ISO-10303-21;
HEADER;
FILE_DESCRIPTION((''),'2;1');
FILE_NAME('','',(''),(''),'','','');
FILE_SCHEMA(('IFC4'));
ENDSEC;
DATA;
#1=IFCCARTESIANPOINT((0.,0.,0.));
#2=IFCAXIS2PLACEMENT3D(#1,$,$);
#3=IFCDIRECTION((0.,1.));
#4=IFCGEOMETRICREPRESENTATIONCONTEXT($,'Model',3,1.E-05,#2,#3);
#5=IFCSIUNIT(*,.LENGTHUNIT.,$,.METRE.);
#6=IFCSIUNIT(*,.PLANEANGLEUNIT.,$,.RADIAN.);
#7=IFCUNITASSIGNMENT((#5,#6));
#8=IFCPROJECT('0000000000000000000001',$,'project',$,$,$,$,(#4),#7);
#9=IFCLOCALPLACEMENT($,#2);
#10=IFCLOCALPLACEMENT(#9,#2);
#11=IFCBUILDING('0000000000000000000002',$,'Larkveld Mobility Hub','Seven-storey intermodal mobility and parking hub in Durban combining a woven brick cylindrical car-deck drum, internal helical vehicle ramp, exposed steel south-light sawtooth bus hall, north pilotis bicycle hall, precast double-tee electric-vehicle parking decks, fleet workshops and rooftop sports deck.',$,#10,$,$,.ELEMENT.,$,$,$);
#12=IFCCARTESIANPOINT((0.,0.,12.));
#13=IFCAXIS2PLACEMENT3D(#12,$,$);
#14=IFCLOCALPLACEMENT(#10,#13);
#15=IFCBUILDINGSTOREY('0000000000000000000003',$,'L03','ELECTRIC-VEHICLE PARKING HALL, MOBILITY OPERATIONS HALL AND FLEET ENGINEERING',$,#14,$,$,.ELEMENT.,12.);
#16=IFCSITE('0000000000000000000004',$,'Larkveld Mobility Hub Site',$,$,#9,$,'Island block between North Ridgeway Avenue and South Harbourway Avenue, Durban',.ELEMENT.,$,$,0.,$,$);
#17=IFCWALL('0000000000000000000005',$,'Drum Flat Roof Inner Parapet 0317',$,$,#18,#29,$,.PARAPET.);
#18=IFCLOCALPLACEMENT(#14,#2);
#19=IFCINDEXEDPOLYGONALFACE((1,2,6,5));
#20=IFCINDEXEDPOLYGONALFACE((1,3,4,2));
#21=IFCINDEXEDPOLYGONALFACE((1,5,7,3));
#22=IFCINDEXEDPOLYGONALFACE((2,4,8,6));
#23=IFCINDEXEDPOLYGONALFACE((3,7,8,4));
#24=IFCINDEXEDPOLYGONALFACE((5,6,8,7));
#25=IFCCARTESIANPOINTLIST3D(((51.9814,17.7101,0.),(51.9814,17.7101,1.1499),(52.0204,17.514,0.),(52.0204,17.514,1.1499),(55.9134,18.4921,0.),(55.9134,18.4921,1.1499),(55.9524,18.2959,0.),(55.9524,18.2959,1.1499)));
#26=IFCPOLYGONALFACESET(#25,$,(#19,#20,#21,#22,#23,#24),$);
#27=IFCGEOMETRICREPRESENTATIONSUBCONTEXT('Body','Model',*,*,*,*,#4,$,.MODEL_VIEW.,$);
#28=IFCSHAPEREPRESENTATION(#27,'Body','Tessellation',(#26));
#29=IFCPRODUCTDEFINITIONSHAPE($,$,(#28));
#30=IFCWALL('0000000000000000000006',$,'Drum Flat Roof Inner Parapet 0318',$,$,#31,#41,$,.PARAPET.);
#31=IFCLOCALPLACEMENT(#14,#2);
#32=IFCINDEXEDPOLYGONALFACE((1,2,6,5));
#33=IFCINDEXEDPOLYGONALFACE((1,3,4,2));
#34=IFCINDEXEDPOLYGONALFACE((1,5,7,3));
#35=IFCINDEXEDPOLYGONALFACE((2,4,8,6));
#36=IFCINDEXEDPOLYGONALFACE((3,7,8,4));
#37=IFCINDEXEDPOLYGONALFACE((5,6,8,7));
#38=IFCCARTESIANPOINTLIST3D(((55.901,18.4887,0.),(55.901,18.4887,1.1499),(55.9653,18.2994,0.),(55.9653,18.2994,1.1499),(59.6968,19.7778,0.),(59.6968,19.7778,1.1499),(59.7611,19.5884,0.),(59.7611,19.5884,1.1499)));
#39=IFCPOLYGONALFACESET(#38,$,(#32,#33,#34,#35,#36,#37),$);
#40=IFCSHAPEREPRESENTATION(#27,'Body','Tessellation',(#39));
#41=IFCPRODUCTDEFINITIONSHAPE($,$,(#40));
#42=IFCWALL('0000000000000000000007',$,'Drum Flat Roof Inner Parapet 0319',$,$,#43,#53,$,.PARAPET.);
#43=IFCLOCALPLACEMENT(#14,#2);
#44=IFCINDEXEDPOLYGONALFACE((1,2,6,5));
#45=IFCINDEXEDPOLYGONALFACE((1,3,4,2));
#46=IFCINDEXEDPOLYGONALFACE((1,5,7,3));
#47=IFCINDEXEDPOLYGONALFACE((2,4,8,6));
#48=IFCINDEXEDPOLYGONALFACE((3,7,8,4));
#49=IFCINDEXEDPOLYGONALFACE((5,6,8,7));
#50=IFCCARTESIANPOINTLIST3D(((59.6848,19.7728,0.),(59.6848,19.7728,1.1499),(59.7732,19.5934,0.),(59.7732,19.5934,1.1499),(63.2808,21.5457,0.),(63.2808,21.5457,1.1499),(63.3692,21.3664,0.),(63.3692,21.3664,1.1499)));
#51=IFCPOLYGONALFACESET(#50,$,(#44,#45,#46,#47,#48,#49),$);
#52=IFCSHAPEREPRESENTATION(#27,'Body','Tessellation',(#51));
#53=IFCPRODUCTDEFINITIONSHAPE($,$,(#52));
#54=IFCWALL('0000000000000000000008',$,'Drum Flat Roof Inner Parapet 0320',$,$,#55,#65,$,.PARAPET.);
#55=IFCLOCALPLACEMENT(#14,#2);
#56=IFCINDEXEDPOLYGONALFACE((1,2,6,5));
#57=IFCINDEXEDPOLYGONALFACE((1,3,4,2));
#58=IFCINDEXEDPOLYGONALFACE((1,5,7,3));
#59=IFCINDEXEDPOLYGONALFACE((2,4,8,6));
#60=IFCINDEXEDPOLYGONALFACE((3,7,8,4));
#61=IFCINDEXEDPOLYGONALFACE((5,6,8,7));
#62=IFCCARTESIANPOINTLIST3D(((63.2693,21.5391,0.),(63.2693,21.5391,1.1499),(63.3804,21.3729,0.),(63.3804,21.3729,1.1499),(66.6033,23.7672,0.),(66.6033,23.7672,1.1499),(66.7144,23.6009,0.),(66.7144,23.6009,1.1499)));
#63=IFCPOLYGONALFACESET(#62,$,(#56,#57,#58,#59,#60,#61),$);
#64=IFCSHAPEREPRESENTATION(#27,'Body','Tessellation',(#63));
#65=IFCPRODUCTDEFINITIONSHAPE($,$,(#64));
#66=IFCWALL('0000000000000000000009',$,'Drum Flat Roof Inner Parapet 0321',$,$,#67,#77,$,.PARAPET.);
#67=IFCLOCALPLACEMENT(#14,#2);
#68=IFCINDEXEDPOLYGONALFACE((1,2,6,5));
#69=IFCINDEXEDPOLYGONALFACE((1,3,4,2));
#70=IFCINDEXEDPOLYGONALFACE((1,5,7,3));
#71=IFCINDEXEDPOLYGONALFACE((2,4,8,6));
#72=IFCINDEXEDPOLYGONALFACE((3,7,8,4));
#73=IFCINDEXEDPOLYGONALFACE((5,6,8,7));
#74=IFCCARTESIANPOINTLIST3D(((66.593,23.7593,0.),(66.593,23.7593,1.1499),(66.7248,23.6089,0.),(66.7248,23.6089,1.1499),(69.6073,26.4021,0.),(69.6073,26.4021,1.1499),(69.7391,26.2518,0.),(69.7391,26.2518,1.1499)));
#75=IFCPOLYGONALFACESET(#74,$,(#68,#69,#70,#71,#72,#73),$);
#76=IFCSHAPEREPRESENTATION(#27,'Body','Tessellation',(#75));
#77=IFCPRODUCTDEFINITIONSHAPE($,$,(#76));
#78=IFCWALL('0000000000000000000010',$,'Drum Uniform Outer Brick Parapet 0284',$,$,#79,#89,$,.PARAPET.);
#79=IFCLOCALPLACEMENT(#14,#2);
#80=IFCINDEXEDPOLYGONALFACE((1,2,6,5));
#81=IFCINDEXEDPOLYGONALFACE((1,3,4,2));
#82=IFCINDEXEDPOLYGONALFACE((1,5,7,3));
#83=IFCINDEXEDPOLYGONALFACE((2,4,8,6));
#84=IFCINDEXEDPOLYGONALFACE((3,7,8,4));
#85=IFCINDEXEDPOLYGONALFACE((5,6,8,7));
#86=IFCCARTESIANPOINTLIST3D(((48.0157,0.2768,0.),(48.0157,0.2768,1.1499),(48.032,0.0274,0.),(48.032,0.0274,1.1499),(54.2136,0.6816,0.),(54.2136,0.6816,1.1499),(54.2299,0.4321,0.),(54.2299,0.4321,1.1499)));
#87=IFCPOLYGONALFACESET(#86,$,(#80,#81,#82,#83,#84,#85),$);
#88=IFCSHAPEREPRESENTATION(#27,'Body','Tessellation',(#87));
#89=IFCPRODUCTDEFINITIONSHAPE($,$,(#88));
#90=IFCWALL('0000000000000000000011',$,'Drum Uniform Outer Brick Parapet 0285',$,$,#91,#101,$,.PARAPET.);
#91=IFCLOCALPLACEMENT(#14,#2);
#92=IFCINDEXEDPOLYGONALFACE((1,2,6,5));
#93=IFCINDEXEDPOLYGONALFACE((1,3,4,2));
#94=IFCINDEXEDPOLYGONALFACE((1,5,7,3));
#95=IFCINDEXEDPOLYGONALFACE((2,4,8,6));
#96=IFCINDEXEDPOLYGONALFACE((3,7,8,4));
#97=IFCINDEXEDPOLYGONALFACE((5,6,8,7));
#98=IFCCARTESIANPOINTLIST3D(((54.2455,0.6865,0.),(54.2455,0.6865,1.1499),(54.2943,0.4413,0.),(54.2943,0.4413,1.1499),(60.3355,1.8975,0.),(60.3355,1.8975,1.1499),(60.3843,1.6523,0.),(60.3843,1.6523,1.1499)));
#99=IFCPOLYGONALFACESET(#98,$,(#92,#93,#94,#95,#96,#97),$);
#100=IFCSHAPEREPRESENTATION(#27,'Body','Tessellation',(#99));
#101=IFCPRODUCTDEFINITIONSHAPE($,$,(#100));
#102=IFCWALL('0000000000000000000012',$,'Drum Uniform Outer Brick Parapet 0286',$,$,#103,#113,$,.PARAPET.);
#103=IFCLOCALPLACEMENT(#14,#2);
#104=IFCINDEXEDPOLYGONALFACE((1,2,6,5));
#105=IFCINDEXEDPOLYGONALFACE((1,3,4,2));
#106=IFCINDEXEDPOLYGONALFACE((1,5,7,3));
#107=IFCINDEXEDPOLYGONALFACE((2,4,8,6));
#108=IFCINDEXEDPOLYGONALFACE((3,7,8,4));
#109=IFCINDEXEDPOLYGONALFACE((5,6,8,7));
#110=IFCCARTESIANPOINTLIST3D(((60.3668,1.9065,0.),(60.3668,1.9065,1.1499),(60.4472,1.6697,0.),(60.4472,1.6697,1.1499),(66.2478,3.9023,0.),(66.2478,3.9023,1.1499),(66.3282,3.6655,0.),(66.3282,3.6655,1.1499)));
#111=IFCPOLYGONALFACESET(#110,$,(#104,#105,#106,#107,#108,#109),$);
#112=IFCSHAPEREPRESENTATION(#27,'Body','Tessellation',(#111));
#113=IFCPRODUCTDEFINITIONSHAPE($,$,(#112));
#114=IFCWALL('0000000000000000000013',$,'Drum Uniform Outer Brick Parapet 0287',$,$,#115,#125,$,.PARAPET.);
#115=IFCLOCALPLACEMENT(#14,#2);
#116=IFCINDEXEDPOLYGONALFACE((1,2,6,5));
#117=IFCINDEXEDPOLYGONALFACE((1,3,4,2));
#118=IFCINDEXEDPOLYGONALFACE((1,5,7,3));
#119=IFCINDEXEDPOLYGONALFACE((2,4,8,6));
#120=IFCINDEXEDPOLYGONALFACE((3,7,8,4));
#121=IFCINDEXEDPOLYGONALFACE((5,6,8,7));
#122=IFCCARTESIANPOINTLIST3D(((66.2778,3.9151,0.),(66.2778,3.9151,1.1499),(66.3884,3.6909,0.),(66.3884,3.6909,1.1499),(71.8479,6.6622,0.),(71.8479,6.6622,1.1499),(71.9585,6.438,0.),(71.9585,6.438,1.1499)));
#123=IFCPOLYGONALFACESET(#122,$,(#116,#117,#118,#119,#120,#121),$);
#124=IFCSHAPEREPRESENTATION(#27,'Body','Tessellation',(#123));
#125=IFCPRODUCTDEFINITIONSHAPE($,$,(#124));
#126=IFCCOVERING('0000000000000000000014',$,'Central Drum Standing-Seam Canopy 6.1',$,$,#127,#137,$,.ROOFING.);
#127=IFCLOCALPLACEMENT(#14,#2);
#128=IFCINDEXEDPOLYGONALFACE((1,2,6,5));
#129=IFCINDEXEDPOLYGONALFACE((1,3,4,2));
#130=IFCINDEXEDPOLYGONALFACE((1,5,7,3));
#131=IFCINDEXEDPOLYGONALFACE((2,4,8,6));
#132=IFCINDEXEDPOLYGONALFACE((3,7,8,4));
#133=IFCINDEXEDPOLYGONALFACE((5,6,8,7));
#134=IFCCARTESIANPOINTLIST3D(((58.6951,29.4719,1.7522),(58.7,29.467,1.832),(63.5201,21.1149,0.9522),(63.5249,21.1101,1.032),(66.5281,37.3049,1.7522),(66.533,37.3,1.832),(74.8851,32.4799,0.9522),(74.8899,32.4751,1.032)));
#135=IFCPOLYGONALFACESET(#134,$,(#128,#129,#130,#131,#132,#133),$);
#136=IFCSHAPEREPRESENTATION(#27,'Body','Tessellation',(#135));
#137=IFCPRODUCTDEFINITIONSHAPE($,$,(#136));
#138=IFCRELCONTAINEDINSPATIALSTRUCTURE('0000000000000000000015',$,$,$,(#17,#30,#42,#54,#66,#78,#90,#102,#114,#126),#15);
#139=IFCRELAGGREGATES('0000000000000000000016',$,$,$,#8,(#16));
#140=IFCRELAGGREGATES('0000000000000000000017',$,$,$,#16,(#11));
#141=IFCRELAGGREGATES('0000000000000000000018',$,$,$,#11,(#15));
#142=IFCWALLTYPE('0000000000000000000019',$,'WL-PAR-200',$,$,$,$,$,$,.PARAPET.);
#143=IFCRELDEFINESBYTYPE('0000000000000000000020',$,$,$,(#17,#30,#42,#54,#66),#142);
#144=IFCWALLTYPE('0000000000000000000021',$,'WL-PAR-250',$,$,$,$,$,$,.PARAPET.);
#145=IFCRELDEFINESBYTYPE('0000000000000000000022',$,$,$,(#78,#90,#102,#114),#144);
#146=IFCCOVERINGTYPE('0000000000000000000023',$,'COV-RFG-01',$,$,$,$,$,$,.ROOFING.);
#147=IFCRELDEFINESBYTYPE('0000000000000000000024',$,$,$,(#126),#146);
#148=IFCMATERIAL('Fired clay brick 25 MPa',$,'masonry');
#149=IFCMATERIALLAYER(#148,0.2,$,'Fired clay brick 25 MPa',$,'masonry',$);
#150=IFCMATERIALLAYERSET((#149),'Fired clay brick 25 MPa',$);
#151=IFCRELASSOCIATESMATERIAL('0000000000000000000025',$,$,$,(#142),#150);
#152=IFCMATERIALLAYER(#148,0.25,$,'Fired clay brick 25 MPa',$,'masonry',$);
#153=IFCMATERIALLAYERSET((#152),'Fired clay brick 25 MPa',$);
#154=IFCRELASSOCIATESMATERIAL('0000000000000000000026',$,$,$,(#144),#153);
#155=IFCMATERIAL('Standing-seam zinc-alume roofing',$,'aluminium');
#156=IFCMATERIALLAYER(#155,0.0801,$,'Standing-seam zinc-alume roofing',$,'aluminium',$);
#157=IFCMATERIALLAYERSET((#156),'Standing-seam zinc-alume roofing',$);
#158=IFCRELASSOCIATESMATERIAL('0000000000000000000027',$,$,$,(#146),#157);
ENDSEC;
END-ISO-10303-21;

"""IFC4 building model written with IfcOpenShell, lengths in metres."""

from ifc_helpers import new_model, si_unit, direction, frame, frame_2d, origin, place, context, subcontext, project, spatial, polyline, rectangle, outline, extrude, material, layer, layer_set, type_object, element, save


model = new_model("IFC4")

# Units and contexts
model_context = context("Model", 3, precision=1e-05, world=origin(), true_north=direction((0.0, 1.0)))
body_context = subcontext(model_context, "Body", "Model", "MODEL_VIEW")
ifc_project = project(units=[si_unit("LENGTHUNIT", "METRE"), si_unit("PLANEANGLEUNIT", "RADIAN")], contexts=[model_context])

# Site, building, storey
site_placement = place(None, origin())
site = spatial("IfcSite", under=ifc_project, at=site_placement, Name="Larkveld Mobility Hub Site", LongName="Island block between North Ridgeway Avenue and South Harbourway Avenue, Durban", CompositionType="ELEMENT", RefElevation=0.0)
building_placement = place(site_placement, origin())
building = spatial("IfcBuilding", under=site, at=building_placement, Name="Larkveld Mobility Hub", Description="Seven-storey intermodal mobility and parking hub in Durban combining a woven brick cylindrical car-deck drum, internal helical vehicle ramp, exposed steel south-light sawtooth bus hall, north pilotis bicycle hall, precast double-tee electric-vehicle parking decks, fleet workshops and rooftop sports deck.", CompositionType="ELEMENT")
storey_placement = place(building_placement, frame((0.0, 0.0, 12.0)))
storey = spatial("IfcBuildingStorey", under=building, at=storey_placement, Name="L03", Description="ELECTRIC-VEHICLE PARKING HALL, MOBILITY OPERATIONS HALL AND FLEET ENGINEERING", CompositionType="ELEMENT", Elevation=12.0)

# Walls
ifc_material_1 = material(Name="Fired clay brick 25 MPa", Category="masonry")
ifc_layer_1 = layer(ifc_material_1, 0.2, Name="Fired clay brick 25 MPa", Category="masonry")
ifc_layer_set_1 = layer_set([ifc_layer_1], Name="Fired clay brick 25 MPa")
wall_type_1 = type_object("IfcWallType", Name="WL-PAR-200", PredefinedType="PARAPET", material=ifc_layer_set_1)
wall_1_placement = place(storey_placement, frame((52.001, 17.6121, 0.0), z_axis=(0.0, 0.0, 1.0), x_axis=(0.980793, 0.19505, 0.0)))
element("IfcWall", 1, at=wall_1_placement, inside=storey, type_object=wall_type_1, Name="Drum Flat Roof Inner Parapet 0317", PredefinedType="PARAPET", context=body_context, shape_type="SweptSolid", body=[
    extrude(rectangle(XDim=4.009, YDim=0.2, at=frame_2d((2.0044, 0.0))), origin(), (0.0, 0.0, 1.0), 1.1499),
])
wall_2_placement = place(storey_placement, frame((55.9331, 18.394, 0.0), z_axis=(0.0, 0.0, 1.0), x_axis=(0.94689, 0.321558, 0.0)))
element("IfcWall", 2, at=wall_2_placement, inside=storey, type_object=wall_type_1, Name="Drum Flat Roof Inner Parapet 0318", PredefinedType="PARAPET", context=body_context, shape_type="SweptSolid", body=[
    extrude(rectangle(XDim=4.0088, YDim=0.2, at=frame_2d((2.0044, 0.0))), origin(), (0.0, 0.0, 1.0), 1.1499),
])
wall_3_placement = place(storey_placement, frame((59.729, 19.6831, 0.0), z_axis=(0.0, 0.0, 1.0), x_axis=(0.89691, 0.442213, 0.0)))
element("IfcWall", 3, at=wall_3_placement, inside=storey, type_object=wall_type_1, Name="Drum Flat Roof Inner Parapet 0319", PredefinedType="PARAPET", context=body_context, shape_type="SweptSolid", body=[
    extrude(rectangle(XDim=4.0093, YDim=0.2, at=frame_2d((2.0046, 0.0))), origin(), (0.0, 0.0, 1.0), 1.1499),
])
wall_4_placement = place(storey_placement, frame((63.325, 21.4561, 0.0), z_axis=(0.0, 0.0, 1.0), x_axis=(0.831432, 0.555627, 0.0)))
element("IfcWall", 4, at=wall_4_placement, inside=storey, type_object=wall_type_1, Name="Drum Flat Roof Inner Parapet 0320", PredefinedType="PARAPET", context=body_context, shape_type="SweptSolid", body=[
    extrude(rectangle(XDim=4.01, YDim=0.2, at=frame_2d((2.0049, 0.0))), origin(), (0.0, 0.0, 1.0), 1.1499),
])
wall_5_placement = place(storey_placement, frame((66.6589, 23.6841, 0.0), z_axis=(0.0, 0.0, 1.0), x_axis=(0.751905, 0.659272, 0.0)))
element("IfcWall", 5, at=wall_5_placement, inside=storey, type_object=wall_type_1, Name="Drum Flat Roof Inner Parapet 0321", PredefinedType="PARAPET", context=body_context, shape_type="SweptSolid", body=[
    extrude(rectangle(XDim=4.0088, YDim=0.2, at=frame_2d((2.0044, 0.0))), origin(), (0.0, 0.0, 1.0), 1.1499),
])
ifc_layer_2 = layer(ifc_material_1, 0.25, Name="Fired clay brick 25 MPa", Category="masonry")
ifc_layer_set_2 = layer_set([ifc_layer_2], Name="Fired clay brick 25 MPa")
wall_type_2 = type_object("IfcWallType", Name="WL-PAR-250", PredefinedType="PARAPET", material=ifc_layer_set_2)
wall_6_placement = place(storey_placement, frame((48.0239, 0.1521, 0.0), z_axis=(0.0, 0.0, 1.0), x_axis=(0.997874, 0.06517, 0.0)))
element("IfcWall", 6, at=wall_6_placement, inside=storey, type_object=wall_type_2, Name="Drum Uniform Outer Brick Parapet 0284", PredefinedType="PARAPET", context=body_context, shape_type="SweptSolid", body=[
    extrude(rectangle(XDim=6.2112, YDim=0.25, at=frame_2d((3.1055, 0.0))), origin(), (0.0, 0.0, 1.0), 1.1499),
])
wall_7_placement = place(storey_placement, frame((54.27, 0.564, 0.0), z_axis=(0.0, 0.0, 1.0), x_axis=(0.980799, 0.19502, 0.0)))
element("IfcWall", 7, at=wall_7_placement, inside=storey, type_object=wall_type_2, Name="Drum Uniform Outer Brick Parapet 0285", PredefinedType="PARAPET", context=body_context, shape_type="SweptSolid", body=[
    extrude(rectangle(XDim=6.2092, YDim=0.25, at=frame_2d((3.1045, 0.0))), origin(), (0.0, 0.0, 1.0), 1.1499),
])
wall_8_placement = place(storey_placement, frame((60.407, 1.7881, 0.0), z_axis=(0.0, 0.0, 1.0), x_axis=(0.946955, 0.321365, 0.0)))
element("IfcWall", 8, at=wall_8_placement, inside=storey, type_object=wall_type_2, Name="Drum Uniform Outer Brick Parapet 0286", PredefinedType="PARAPET", context=body_context, shape_type="SweptSolid", body=[
    extrude(rectangle(XDim=6.2104, YDim=0.25, at=frame_2d((3.1052, 0.0))), origin(), (0.0, 0.0, 1.0), 1.1499),
])
wall_9_placement = place(storey_placement, frame((66.333, 3.803, 0.0), z_axis=(0.0, 0.0, 1.0), x_axis=(0.896859, 0.442317, 0.0)))
element("IfcWall", 9, at=wall_9_placement, inside=storey, type_object=wall_type_2, Name="Drum Uniform Outer Brick Parapet 0287", PredefinedType="PARAPET", context=body_context, shape_type="SweptSolid", body=[
    extrude(rectangle(XDim=6.2107, YDim=0.25, at=frame_2d((3.1055, 0.0))), origin(), (0.0, 0.0, 1.0), 1.1499),
])

# Covering
ifc_material_2 = material(Name="Standing-seam zinc-alume roofing", Category="aluminium")
ifc_layer_3 = layer(ifc_material_2, 0.0801, Name="Standing-seam zinc-alume roofing", Category="aluminium")
ifc_layer_set_3 = layer_set([ifc_layer_3], Name="Standing-seam zinc-alume roofing")
covering_type = type_object("IfcCoveringType", Name="COV-RFG-01", PredefinedType="ROOFING", material=ifc_layer_set_3)
covering_placement = place(storey_placement, frame((63.5249, 21.1101, 1.032), z_axis=(0.060471, -0.060471, 0.996337), x_axis=(0.707107, 0.707107, 0.0)))
element("IfcCovering", 10, at=covering_placement, inside=storey, type_object=covering_type, Name="Central Drum Standing-Seam Canopy 6.1", PredefinedType="ROOFING", context=body_context, shape_type="SweptSolid", body=[
    extrude(outline(polyline([(0.0, 0.0), (16.0725, 0.0), (13.575, 9.3553), (2.4975, 9.3553), (0.0, 0.0)])), origin(), (0.0, 0.0, -1.0), 0.0801),
])

save(model, "model.ifc")
